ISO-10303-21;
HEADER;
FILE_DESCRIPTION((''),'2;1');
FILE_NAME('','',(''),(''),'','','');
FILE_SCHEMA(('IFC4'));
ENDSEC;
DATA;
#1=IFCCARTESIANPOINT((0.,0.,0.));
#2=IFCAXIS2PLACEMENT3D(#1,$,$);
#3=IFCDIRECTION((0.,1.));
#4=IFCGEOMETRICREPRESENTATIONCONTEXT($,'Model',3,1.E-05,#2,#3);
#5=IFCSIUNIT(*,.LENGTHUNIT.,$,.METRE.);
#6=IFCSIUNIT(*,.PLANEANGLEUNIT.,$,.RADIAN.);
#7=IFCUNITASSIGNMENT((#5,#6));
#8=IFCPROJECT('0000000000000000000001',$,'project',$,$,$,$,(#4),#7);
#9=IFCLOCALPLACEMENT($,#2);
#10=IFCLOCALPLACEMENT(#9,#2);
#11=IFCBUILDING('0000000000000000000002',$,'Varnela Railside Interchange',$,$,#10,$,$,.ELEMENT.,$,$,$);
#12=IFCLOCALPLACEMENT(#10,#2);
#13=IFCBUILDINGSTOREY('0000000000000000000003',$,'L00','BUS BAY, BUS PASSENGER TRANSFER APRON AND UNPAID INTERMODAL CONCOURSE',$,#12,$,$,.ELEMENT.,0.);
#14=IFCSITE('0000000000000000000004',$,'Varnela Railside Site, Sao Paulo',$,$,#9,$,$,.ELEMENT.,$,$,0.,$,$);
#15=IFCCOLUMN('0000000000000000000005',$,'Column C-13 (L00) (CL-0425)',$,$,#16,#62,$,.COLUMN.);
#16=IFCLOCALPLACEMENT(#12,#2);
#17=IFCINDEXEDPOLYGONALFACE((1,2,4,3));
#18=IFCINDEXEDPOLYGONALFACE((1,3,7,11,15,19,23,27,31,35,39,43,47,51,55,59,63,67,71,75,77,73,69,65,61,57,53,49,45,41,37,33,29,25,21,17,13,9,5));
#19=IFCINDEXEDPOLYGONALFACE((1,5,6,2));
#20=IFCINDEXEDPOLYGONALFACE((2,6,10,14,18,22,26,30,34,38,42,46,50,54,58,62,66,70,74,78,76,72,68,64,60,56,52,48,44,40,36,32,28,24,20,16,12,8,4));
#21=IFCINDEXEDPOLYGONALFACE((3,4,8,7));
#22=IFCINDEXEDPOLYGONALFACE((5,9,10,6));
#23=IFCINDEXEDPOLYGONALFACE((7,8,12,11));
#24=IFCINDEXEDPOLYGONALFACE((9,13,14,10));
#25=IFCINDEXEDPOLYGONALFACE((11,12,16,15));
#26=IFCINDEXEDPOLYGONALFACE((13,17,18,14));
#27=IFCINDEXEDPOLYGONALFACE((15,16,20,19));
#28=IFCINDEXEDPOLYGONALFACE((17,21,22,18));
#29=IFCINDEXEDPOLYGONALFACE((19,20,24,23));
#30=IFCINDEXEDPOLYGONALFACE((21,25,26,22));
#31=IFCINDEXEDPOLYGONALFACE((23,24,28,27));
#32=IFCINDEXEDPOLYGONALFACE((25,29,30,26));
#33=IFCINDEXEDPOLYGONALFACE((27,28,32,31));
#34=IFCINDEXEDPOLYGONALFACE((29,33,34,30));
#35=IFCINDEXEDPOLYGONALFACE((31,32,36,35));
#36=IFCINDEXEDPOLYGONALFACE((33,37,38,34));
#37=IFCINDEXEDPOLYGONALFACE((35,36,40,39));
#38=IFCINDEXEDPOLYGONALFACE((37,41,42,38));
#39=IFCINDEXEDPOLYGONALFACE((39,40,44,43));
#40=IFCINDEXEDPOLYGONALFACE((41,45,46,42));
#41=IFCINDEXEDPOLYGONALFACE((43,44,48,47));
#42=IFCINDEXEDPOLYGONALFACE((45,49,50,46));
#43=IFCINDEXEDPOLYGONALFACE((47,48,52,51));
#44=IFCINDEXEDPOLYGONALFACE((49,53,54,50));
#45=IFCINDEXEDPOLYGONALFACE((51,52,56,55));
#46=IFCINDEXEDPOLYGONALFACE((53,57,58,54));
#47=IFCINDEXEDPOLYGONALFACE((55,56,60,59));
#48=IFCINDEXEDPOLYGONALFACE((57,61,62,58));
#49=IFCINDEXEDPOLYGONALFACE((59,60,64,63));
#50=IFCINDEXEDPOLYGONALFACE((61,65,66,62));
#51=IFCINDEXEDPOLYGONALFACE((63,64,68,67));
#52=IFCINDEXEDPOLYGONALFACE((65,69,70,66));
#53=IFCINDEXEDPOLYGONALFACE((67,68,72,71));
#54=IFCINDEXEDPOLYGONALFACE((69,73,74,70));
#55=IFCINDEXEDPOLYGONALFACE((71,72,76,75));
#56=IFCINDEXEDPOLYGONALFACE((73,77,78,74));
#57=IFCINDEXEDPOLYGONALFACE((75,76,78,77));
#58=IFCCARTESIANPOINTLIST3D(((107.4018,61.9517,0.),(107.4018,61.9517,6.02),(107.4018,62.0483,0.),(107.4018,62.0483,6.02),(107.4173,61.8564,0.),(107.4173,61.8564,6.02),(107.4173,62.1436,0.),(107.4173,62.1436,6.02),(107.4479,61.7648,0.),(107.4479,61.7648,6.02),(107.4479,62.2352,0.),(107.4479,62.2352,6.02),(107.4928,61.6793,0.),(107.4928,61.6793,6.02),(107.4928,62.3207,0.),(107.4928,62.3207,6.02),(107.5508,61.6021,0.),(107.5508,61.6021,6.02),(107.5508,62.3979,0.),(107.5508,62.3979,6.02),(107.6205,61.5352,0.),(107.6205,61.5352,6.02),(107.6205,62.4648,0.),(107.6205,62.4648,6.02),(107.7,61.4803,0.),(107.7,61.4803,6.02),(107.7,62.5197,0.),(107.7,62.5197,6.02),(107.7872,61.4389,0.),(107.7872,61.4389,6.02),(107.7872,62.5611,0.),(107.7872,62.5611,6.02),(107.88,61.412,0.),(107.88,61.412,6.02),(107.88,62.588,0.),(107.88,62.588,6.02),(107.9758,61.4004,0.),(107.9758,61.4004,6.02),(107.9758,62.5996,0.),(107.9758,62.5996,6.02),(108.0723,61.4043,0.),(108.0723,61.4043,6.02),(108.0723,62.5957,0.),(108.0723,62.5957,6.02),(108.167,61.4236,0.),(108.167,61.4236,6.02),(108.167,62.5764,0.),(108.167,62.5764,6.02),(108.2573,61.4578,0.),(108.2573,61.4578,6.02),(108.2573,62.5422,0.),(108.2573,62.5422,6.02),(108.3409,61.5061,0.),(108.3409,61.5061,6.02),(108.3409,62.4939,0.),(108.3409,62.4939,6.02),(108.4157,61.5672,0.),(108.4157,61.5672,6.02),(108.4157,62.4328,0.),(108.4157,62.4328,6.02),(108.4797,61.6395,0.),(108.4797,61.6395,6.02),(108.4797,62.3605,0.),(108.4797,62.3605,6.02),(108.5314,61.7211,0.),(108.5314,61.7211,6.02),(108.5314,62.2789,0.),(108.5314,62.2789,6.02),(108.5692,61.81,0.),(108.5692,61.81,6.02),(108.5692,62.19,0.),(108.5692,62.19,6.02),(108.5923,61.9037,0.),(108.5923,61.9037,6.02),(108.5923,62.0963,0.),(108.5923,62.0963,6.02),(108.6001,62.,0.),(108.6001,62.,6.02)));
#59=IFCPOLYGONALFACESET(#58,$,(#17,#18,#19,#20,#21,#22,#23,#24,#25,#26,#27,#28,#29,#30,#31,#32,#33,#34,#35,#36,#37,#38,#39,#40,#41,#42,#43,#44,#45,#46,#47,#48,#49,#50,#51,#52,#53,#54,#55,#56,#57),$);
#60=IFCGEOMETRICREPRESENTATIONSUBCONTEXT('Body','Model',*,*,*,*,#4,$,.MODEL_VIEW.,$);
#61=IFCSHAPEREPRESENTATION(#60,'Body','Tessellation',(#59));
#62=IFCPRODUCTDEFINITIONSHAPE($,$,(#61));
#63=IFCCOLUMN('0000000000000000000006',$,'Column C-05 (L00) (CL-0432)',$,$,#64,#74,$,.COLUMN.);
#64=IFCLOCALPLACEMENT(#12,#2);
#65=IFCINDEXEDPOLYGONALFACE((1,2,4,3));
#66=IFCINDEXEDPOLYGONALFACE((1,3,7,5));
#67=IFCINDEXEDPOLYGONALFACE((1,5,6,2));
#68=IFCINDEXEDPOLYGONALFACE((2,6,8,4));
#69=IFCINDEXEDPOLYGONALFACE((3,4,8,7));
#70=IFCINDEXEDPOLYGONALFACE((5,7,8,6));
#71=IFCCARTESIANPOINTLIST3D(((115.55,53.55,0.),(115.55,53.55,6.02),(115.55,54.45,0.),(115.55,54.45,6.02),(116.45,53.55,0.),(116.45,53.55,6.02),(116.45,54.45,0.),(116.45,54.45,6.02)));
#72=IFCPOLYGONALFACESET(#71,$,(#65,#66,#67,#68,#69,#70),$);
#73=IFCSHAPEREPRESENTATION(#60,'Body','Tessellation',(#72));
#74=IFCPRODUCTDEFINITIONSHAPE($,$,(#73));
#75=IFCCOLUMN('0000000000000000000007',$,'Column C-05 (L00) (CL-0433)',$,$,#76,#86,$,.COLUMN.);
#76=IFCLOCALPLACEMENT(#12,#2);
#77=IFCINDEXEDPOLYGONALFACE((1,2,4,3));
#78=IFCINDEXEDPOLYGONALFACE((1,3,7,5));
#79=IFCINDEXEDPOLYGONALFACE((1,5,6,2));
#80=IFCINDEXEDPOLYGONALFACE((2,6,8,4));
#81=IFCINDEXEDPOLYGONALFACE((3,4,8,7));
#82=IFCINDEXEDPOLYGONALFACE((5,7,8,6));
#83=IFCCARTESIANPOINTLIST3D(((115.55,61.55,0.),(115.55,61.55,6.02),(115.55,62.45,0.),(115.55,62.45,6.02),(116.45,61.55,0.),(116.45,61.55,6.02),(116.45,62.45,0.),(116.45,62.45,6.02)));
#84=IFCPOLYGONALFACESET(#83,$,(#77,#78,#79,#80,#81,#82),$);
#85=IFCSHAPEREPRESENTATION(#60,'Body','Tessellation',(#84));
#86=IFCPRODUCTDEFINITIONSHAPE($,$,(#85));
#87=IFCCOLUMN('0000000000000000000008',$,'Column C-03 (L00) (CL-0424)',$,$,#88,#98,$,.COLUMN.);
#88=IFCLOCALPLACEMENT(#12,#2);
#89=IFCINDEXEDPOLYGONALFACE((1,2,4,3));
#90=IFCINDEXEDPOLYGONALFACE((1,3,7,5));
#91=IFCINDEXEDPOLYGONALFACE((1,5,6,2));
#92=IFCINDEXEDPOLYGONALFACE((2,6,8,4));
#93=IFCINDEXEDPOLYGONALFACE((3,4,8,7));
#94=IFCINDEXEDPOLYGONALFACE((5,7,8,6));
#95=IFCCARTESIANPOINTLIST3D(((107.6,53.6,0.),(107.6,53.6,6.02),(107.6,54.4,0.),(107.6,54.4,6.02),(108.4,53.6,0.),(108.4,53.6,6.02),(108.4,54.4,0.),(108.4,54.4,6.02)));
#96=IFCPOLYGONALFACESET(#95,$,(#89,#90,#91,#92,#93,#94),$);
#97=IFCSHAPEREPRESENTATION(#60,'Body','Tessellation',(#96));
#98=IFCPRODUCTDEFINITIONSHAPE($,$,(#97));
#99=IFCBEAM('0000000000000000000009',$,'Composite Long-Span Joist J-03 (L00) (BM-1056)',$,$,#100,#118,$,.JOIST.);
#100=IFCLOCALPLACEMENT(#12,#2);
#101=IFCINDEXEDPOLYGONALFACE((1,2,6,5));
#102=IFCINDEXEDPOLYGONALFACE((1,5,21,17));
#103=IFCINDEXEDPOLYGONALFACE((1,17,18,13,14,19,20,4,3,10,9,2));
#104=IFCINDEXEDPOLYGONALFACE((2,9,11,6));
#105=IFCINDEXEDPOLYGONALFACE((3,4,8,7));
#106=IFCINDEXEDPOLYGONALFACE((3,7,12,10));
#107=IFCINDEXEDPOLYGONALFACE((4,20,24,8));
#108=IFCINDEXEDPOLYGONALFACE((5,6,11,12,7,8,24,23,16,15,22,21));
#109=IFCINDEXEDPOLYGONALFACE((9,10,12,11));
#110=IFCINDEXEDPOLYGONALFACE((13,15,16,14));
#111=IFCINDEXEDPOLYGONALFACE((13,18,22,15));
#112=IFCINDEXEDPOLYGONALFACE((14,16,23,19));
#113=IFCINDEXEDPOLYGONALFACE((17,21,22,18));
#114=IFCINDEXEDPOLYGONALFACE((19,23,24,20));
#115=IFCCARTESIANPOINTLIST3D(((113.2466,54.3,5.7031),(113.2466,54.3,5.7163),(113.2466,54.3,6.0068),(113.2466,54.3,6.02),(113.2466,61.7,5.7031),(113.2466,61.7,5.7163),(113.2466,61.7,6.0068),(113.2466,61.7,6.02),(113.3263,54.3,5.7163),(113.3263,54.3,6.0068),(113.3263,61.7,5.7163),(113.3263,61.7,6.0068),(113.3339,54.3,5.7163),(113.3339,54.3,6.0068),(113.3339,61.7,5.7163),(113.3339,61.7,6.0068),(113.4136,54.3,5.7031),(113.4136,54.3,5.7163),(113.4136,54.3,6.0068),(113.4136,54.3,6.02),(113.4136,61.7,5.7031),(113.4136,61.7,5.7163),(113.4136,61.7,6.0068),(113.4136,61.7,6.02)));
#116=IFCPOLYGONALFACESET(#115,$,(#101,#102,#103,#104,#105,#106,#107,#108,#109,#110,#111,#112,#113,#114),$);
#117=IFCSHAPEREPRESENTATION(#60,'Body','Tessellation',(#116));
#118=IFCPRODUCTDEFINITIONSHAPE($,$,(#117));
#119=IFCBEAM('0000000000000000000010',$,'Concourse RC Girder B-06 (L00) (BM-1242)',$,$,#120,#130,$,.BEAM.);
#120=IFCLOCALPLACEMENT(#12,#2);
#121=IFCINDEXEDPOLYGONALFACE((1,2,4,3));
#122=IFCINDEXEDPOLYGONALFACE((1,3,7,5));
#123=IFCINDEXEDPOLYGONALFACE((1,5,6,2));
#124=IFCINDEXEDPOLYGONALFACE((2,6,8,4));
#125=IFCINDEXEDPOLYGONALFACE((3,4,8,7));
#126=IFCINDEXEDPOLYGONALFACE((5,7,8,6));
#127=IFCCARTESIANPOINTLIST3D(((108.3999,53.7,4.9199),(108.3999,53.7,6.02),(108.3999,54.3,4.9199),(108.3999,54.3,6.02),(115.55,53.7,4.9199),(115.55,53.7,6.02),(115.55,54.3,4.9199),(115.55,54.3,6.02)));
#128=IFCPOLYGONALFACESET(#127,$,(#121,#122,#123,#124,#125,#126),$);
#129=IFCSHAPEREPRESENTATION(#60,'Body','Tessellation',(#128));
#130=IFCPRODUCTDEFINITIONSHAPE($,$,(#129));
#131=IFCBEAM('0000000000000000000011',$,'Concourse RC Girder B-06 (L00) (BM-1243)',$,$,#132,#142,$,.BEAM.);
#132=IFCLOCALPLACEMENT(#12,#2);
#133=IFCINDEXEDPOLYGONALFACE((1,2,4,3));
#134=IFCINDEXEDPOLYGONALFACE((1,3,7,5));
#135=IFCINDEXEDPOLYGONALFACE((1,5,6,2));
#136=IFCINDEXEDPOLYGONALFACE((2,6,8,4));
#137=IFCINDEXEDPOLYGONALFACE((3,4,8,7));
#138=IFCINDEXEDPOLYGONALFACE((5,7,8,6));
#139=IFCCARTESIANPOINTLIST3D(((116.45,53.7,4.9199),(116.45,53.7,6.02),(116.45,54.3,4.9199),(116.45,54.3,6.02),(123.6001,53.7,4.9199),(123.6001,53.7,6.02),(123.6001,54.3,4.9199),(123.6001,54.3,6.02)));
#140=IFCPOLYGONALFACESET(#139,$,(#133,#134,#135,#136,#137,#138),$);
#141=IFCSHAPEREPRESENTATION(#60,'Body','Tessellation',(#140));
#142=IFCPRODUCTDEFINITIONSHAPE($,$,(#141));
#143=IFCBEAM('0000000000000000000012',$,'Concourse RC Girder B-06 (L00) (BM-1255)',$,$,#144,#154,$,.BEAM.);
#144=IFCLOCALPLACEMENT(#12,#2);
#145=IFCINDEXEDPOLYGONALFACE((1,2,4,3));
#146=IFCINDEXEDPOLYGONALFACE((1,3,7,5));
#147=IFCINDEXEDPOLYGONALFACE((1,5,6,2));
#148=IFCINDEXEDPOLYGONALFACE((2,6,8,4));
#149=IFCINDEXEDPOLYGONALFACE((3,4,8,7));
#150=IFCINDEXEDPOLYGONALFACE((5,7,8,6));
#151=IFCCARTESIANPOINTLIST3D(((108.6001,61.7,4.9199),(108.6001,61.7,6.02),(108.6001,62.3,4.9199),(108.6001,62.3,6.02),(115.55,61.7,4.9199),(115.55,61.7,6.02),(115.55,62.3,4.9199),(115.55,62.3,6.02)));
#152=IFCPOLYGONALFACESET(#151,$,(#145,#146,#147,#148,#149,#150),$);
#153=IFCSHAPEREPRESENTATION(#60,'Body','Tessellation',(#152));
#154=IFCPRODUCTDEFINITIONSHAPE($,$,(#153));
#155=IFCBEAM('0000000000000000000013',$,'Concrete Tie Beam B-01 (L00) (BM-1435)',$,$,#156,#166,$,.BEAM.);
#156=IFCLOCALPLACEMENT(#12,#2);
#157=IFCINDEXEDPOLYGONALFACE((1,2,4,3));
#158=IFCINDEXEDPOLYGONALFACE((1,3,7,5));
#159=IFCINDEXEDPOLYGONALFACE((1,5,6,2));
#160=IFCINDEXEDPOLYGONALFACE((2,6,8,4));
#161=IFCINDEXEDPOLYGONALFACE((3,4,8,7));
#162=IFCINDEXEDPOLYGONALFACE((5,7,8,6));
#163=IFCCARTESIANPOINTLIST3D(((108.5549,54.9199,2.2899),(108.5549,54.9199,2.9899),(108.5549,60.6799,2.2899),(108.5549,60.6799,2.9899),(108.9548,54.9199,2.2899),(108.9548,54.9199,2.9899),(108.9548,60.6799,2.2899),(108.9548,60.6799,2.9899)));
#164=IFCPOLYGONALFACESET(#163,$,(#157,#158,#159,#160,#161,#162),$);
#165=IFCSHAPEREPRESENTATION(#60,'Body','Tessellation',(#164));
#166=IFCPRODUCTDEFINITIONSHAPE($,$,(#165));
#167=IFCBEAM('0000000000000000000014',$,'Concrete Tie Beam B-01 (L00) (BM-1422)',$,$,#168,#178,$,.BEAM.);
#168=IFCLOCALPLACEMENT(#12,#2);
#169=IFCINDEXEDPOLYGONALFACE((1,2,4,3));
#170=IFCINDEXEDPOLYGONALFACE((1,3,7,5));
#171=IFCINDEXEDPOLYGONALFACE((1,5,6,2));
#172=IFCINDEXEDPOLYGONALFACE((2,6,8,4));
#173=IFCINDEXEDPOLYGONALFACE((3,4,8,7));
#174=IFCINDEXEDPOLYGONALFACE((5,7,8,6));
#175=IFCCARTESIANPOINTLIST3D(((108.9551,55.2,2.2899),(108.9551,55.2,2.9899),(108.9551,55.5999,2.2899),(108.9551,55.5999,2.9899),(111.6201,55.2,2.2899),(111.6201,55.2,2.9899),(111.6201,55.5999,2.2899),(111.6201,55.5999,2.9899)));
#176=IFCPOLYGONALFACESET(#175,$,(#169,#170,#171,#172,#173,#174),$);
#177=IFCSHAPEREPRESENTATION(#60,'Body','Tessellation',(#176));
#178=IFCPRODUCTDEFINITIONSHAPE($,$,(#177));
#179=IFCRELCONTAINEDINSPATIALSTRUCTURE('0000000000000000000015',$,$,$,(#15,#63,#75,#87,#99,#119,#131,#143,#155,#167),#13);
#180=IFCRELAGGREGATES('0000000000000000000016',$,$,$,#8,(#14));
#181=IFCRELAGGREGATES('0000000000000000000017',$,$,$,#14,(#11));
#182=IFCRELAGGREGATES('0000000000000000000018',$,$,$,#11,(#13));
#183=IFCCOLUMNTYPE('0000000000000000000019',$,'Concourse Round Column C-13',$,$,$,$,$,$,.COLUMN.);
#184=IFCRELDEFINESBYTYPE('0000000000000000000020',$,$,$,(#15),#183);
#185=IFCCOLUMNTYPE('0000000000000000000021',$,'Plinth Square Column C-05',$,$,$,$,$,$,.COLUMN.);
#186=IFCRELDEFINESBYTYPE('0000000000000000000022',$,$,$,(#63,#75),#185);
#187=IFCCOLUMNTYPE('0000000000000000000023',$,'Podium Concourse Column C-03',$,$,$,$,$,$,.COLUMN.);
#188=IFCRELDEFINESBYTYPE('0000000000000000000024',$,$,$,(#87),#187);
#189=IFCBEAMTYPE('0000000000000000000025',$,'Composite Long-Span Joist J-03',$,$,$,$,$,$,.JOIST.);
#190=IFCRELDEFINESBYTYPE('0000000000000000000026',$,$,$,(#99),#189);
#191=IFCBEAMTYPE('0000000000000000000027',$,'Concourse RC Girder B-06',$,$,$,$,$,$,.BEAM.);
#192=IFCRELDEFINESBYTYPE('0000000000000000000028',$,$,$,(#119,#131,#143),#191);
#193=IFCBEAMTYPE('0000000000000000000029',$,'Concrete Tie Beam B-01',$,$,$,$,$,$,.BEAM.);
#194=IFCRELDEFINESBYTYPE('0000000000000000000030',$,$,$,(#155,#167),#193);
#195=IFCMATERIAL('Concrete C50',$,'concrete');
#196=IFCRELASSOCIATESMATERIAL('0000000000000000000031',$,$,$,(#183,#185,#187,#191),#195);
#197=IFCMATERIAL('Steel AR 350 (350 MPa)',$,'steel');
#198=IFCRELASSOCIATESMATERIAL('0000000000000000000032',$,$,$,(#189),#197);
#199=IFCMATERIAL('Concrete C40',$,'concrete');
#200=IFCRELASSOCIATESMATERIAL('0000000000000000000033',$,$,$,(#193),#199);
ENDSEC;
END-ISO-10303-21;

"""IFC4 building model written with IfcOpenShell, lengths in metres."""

from ifc_helpers import new_model, si_unit, direction, frame, origin, origin_2d, place, context, subcontext, project, spatial, rectangle, circle, i_section, extrude, material, material_profile, profile_set, type_object, element, save


model = new_model("IFC4")

# Units and contexts
model_context = context("Model", 3, precision=1e-05, world=origin(), true_north=direction((0.0, 1.0)))
body_context = subcontext(model_context, "Body", "Model", "MODEL_VIEW")
ifc_project = project(units=[si_unit("LENGTHUNIT", "METRE"), si_unit("PLANEANGLEUNIT", "RADIAN")], contexts=[model_context])

# Site, building, storey
site_placement = place(None, origin())
site = spatial("IfcSite", under=ifc_project, at=site_placement, Name="Varnela Railside Site, Sao Paulo", CompositionType="ELEMENT", RefElevation=0.0)
building_placement = place(site_placement, origin())
building = spatial("IfcBuilding", under=site, at=building_placement, Name="Varnela Railside Interchange", CompositionType="ELEMENT")
storey_placement = place(building_placement, origin())
storey = spatial("IfcBuildingStorey", under=building, at=storey_placement, Name="L00", Description="BUS BAY, BUS PASSENGER TRANSFER APRON AND UNPAID INTERMODAL CONCOURSE", CompositionType="ELEMENT", Elevation=0.0)

# Columns
ifc_material_1 = material(Name="Concrete C50", Category="concrete")
ifc_material_profile_1 = material_profile(ifc_material_1, circle(Radius=0.6001, at=origin_2d()), Name="CIRC D1200")
ifc_profile_set_1 = profile_set([ifc_material_profile_1], Name="Concrete C50")
column_type_1 = type_object("IfcColumnType", Name="Concourse Round Column C-13", PredefinedType="COLUMN", material=ifc_profile_set_1)
column_1_placement = place(storey_placement, frame((108.0, 62.0, 0.0), z_axis=(0.0, 0.0, 1.0), x_axis=(1.0, 0.0, 0.0)))
element("IfcColumn", 1, at=column_1_placement, inside=storey, type_object=column_type_1, Name="Column C-13 (L00) (CL-0425)", PredefinedType="COLUMN", context=body_context, shape_type="SweptSolid", body=[
    extrude(circle(Radius=0.6001, at=origin_2d()), origin(), (0.0, 0.0, 1.0), 6.02),
])
ifc_material_profile_2 = material_profile(ifc_material_1, rectangle(XDim=0.8999, YDim=0.8999, at=origin_2d()), Name="RC 900x900")
ifc_profile_set_2 = profile_set([ifc_material_profile_2], Name="Concrete C50")
column_type_2 = type_object("IfcColumnType", Name="Plinth Square Column C-05", PredefinedType="COLUMN", material=ifc_profile_set_2)
for number, where, z_axis, x_axis, name in (
    (2, (116.0, 54.0, 0.0), (0.0, 0.0, 1.0), (1.0, 0.0, 0.0), "Column C-05 (L00) (CL-0432)"),
    (3, (116.0, 62.0, 0.0), (0.0, 0.0, 1.0), (1.0, 0.0, 0.0), "Column C-05 (L00) (CL-0433)"),
):
    element("IfcColumn", number, at=place(storey_placement, frame(where, z_axis=z_axis, x_axis=x_axis)), inside=storey, type_object=column_type_2, Name=name, PredefinedType="COLUMN", context=body_context, shape_type="SweptSolid", body=[
        extrude(rectangle(XDim=0.8999, YDim=0.8999, at=origin_2d()), origin(), (0.0, 0.0, 1.0), 6.02),
    ])
ifc_material_profile_3 = material_profile(ifc_material_1, rectangle(XDim=0.8, YDim=0.8, at=origin_2d()), Name="RC 800x800")
ifc_profile_set_3 = profile_set([ifc_material_profile_3], Name="Concrete C50")
column_type_3 = type_object("IfcColumnType", Name="Podium Concourse Column C-03", PredefinedType="COLUMN", material=ifc_profile_set_3)
column_2_placement = place(storey_placement, frame((108.0, 54.0, 0.0), z_axis=(0.0, 0.0, 1.0), x_axis=(1.0, 0.0, 0.0)))
element("IfcColumn", 4, at=column_2_placement, inside=storey, type_object=column_type_3, Name="Column C-03 (L00) (CL-0424)", PredefinedType="COLUMN", context=body_context, shape_type="SweptSolid", body=[
    extrude(rectangle(XDim=0.8, YDim=0.8, at=origin_2d()), origin(), (0.0, 0.0, 1.0), 6.02),
])

# Beams
ifc_material_2 = material(Name="Steel AR 350 (350 MPa)", Category="steel")
ifc_material_profile_4 = material_profile(ifc_material_2, i_section(OverallWidth=0.167, OverallDepth=0.3169, WebThickness=0.0076, FlangeThickness=0.0132, at=origin_2d()), Name="W310x52")
ifc_profile_set_4 = profile_set([ifc_material_profile_4], Name="Steel AR 350 (350 MPa)")
beam_type_1 = type_object("IfcBeamType", Name="Composite Long-Span Joist J-03", PredefinedType="JOIST", material=ifc_profile_set_4)
beam_1_placement = place(storey_placement, frame((113.3301, 54.3, 5.8616), z_axis=(0.0, 1.0, 0.0), x_axis=(-1.0, 0.0, 0.0)))
element("IfcBeam", 5, at=beam_1_placement, inside=storey, type_object=beam_type_1, Name="Composite Long-Span Joist J-03 (L00) (BM-1056)", PredefinedType="JOIST", context=body_context, shape_type="SweptSolid", body=[
    extrude(i_section(OverallWidth=0.167, OverallDepth=0.3169, WebThickness=0.0076, FlangeThickness=0.0132, at=origin_2d()), origin(), (0.0, 0.0, 1.0), 7.3999),
])
ifc_material_profile_5 = material_profile(ifc_material_1, rectangle(XDim=0.6001, YDim=1.1001, at=origin_2d()), Name="RC 600x1100")
ifc_profile_set_5 = profile_set([ifc_material_profile_5], Name="Concrete C50")
beam_type_2 = type_object("IfcBeamType", Name="Concourse RC Girder B-06", PredefinedType="BEAM", material=ifc_profile_set_5)
for number, where, z_axis, x_axis, name in (
    (6, (108.3999, 54.0, 5.47), (1.0, 0.0, 0.0), (0.0, 1.0, 0.0), "Concourse RC Girder B-06 (L00) (BM-1242)"),
    (7, (116.45, 54.0, 5.47), (1.0, 0.0, 0.0), (0.0, 1.0, 0.0), "Concourse RC Girder B-06 (L00) (BM-1243)"),
):
    element("IfcBeam", number, at=place(storey_placement, frame(where, z_axis=z_axis, x_axis=x_axis)), inside=storey, type_object=beam_type_2, Name=name, PredefinedType="BEAM", context=body_context, shape_type="SweptSolid", body=[
        extrude(rectangle(XDim=0.6001, YDim=1.1001, at=origin_2d()), origin(), (0.0, 0.0, 1.0), 7.1501),
    ])
beam_2_placement = place(storey_placement, frame((108.6001, 62.0, 5.47), z_axis=(1.0, 0.0, 0.0), x_axis=(0.0, 1.0, 0.0)))
element("IfcBeam", 8, at=beam_2_placement, inside=storey, type_object=beam_type_2, Name="Concourse RC Girder B-06 (L00) (BM-1255)", PredefinedType="BEAM", context=body_context, shape_type="SweptSolid", body=[
    extrude(rectangle(XDim=0.6001, YDim=1.1001, at=origin_2d()), origin(), (0.0, 0.0, 1.0), 6.95),
])
ifc_material_3 = material(Name="Concrete C40", Category="concrete")
ifc_material_profile_6 = material_profile(ifc_material_3, rectangle(XDim=0.3999, YDim=0.7, at=origin_2d()), Name="RC 400x700")
ifc_profile_set_6 = profile_set([ifc_material_profile_6], Name="Concrete C40")
beam_type_3 = type_object("IfcBeamType", Name="Concrete Tie Beam B-01", PredefinedType="BEAM", material=ifc_profile_set_6)
beam_3_placement = place(storey_placement, frame((108.7549, 54.9199, 2.6399), z_axis=(0.0, 1.0, 0.0), x_axis=(-1.0, 0.0, 0.0)))
element("IfcBeam", 9, at=beam_3_placement, inside=storey, type_object=beam_type_3, Name="Concrete Tie Beam B-01 (L00) (BM-1435)", PredefinedType="BEAM", context=body_context, shape_type="SweptSolid", body=[
    extrude(rectangle(XDim=0.3999, YDim=0.7, at=origin_2d()), origin(), (0.0, 0.0, 1.0), 5.76),
])
beam_4_placement = place(storey_placement, frame((108.9551, 55.3999, 2.6399), z_axis=(1.0, 0.0, 0.0), x_axis=(0.0, 1.0, 0.0)))
element("IfcBeam", 10, at=beam_4_placement, inside=storey, type_object=beam_type_3, Name="Concrete Tie Beam B-01 (L00) (BM-1422)", PredefinedType="BEAM", context=body_context, shape_type="SweptSolid", body=[
    extrude(rectangle(XDim=0.3999, YDim=0.7, at=origin_2d()), origin(), (0.0, 0.0, 1.0), 2.665),
])

save(model, "model.ifc")
